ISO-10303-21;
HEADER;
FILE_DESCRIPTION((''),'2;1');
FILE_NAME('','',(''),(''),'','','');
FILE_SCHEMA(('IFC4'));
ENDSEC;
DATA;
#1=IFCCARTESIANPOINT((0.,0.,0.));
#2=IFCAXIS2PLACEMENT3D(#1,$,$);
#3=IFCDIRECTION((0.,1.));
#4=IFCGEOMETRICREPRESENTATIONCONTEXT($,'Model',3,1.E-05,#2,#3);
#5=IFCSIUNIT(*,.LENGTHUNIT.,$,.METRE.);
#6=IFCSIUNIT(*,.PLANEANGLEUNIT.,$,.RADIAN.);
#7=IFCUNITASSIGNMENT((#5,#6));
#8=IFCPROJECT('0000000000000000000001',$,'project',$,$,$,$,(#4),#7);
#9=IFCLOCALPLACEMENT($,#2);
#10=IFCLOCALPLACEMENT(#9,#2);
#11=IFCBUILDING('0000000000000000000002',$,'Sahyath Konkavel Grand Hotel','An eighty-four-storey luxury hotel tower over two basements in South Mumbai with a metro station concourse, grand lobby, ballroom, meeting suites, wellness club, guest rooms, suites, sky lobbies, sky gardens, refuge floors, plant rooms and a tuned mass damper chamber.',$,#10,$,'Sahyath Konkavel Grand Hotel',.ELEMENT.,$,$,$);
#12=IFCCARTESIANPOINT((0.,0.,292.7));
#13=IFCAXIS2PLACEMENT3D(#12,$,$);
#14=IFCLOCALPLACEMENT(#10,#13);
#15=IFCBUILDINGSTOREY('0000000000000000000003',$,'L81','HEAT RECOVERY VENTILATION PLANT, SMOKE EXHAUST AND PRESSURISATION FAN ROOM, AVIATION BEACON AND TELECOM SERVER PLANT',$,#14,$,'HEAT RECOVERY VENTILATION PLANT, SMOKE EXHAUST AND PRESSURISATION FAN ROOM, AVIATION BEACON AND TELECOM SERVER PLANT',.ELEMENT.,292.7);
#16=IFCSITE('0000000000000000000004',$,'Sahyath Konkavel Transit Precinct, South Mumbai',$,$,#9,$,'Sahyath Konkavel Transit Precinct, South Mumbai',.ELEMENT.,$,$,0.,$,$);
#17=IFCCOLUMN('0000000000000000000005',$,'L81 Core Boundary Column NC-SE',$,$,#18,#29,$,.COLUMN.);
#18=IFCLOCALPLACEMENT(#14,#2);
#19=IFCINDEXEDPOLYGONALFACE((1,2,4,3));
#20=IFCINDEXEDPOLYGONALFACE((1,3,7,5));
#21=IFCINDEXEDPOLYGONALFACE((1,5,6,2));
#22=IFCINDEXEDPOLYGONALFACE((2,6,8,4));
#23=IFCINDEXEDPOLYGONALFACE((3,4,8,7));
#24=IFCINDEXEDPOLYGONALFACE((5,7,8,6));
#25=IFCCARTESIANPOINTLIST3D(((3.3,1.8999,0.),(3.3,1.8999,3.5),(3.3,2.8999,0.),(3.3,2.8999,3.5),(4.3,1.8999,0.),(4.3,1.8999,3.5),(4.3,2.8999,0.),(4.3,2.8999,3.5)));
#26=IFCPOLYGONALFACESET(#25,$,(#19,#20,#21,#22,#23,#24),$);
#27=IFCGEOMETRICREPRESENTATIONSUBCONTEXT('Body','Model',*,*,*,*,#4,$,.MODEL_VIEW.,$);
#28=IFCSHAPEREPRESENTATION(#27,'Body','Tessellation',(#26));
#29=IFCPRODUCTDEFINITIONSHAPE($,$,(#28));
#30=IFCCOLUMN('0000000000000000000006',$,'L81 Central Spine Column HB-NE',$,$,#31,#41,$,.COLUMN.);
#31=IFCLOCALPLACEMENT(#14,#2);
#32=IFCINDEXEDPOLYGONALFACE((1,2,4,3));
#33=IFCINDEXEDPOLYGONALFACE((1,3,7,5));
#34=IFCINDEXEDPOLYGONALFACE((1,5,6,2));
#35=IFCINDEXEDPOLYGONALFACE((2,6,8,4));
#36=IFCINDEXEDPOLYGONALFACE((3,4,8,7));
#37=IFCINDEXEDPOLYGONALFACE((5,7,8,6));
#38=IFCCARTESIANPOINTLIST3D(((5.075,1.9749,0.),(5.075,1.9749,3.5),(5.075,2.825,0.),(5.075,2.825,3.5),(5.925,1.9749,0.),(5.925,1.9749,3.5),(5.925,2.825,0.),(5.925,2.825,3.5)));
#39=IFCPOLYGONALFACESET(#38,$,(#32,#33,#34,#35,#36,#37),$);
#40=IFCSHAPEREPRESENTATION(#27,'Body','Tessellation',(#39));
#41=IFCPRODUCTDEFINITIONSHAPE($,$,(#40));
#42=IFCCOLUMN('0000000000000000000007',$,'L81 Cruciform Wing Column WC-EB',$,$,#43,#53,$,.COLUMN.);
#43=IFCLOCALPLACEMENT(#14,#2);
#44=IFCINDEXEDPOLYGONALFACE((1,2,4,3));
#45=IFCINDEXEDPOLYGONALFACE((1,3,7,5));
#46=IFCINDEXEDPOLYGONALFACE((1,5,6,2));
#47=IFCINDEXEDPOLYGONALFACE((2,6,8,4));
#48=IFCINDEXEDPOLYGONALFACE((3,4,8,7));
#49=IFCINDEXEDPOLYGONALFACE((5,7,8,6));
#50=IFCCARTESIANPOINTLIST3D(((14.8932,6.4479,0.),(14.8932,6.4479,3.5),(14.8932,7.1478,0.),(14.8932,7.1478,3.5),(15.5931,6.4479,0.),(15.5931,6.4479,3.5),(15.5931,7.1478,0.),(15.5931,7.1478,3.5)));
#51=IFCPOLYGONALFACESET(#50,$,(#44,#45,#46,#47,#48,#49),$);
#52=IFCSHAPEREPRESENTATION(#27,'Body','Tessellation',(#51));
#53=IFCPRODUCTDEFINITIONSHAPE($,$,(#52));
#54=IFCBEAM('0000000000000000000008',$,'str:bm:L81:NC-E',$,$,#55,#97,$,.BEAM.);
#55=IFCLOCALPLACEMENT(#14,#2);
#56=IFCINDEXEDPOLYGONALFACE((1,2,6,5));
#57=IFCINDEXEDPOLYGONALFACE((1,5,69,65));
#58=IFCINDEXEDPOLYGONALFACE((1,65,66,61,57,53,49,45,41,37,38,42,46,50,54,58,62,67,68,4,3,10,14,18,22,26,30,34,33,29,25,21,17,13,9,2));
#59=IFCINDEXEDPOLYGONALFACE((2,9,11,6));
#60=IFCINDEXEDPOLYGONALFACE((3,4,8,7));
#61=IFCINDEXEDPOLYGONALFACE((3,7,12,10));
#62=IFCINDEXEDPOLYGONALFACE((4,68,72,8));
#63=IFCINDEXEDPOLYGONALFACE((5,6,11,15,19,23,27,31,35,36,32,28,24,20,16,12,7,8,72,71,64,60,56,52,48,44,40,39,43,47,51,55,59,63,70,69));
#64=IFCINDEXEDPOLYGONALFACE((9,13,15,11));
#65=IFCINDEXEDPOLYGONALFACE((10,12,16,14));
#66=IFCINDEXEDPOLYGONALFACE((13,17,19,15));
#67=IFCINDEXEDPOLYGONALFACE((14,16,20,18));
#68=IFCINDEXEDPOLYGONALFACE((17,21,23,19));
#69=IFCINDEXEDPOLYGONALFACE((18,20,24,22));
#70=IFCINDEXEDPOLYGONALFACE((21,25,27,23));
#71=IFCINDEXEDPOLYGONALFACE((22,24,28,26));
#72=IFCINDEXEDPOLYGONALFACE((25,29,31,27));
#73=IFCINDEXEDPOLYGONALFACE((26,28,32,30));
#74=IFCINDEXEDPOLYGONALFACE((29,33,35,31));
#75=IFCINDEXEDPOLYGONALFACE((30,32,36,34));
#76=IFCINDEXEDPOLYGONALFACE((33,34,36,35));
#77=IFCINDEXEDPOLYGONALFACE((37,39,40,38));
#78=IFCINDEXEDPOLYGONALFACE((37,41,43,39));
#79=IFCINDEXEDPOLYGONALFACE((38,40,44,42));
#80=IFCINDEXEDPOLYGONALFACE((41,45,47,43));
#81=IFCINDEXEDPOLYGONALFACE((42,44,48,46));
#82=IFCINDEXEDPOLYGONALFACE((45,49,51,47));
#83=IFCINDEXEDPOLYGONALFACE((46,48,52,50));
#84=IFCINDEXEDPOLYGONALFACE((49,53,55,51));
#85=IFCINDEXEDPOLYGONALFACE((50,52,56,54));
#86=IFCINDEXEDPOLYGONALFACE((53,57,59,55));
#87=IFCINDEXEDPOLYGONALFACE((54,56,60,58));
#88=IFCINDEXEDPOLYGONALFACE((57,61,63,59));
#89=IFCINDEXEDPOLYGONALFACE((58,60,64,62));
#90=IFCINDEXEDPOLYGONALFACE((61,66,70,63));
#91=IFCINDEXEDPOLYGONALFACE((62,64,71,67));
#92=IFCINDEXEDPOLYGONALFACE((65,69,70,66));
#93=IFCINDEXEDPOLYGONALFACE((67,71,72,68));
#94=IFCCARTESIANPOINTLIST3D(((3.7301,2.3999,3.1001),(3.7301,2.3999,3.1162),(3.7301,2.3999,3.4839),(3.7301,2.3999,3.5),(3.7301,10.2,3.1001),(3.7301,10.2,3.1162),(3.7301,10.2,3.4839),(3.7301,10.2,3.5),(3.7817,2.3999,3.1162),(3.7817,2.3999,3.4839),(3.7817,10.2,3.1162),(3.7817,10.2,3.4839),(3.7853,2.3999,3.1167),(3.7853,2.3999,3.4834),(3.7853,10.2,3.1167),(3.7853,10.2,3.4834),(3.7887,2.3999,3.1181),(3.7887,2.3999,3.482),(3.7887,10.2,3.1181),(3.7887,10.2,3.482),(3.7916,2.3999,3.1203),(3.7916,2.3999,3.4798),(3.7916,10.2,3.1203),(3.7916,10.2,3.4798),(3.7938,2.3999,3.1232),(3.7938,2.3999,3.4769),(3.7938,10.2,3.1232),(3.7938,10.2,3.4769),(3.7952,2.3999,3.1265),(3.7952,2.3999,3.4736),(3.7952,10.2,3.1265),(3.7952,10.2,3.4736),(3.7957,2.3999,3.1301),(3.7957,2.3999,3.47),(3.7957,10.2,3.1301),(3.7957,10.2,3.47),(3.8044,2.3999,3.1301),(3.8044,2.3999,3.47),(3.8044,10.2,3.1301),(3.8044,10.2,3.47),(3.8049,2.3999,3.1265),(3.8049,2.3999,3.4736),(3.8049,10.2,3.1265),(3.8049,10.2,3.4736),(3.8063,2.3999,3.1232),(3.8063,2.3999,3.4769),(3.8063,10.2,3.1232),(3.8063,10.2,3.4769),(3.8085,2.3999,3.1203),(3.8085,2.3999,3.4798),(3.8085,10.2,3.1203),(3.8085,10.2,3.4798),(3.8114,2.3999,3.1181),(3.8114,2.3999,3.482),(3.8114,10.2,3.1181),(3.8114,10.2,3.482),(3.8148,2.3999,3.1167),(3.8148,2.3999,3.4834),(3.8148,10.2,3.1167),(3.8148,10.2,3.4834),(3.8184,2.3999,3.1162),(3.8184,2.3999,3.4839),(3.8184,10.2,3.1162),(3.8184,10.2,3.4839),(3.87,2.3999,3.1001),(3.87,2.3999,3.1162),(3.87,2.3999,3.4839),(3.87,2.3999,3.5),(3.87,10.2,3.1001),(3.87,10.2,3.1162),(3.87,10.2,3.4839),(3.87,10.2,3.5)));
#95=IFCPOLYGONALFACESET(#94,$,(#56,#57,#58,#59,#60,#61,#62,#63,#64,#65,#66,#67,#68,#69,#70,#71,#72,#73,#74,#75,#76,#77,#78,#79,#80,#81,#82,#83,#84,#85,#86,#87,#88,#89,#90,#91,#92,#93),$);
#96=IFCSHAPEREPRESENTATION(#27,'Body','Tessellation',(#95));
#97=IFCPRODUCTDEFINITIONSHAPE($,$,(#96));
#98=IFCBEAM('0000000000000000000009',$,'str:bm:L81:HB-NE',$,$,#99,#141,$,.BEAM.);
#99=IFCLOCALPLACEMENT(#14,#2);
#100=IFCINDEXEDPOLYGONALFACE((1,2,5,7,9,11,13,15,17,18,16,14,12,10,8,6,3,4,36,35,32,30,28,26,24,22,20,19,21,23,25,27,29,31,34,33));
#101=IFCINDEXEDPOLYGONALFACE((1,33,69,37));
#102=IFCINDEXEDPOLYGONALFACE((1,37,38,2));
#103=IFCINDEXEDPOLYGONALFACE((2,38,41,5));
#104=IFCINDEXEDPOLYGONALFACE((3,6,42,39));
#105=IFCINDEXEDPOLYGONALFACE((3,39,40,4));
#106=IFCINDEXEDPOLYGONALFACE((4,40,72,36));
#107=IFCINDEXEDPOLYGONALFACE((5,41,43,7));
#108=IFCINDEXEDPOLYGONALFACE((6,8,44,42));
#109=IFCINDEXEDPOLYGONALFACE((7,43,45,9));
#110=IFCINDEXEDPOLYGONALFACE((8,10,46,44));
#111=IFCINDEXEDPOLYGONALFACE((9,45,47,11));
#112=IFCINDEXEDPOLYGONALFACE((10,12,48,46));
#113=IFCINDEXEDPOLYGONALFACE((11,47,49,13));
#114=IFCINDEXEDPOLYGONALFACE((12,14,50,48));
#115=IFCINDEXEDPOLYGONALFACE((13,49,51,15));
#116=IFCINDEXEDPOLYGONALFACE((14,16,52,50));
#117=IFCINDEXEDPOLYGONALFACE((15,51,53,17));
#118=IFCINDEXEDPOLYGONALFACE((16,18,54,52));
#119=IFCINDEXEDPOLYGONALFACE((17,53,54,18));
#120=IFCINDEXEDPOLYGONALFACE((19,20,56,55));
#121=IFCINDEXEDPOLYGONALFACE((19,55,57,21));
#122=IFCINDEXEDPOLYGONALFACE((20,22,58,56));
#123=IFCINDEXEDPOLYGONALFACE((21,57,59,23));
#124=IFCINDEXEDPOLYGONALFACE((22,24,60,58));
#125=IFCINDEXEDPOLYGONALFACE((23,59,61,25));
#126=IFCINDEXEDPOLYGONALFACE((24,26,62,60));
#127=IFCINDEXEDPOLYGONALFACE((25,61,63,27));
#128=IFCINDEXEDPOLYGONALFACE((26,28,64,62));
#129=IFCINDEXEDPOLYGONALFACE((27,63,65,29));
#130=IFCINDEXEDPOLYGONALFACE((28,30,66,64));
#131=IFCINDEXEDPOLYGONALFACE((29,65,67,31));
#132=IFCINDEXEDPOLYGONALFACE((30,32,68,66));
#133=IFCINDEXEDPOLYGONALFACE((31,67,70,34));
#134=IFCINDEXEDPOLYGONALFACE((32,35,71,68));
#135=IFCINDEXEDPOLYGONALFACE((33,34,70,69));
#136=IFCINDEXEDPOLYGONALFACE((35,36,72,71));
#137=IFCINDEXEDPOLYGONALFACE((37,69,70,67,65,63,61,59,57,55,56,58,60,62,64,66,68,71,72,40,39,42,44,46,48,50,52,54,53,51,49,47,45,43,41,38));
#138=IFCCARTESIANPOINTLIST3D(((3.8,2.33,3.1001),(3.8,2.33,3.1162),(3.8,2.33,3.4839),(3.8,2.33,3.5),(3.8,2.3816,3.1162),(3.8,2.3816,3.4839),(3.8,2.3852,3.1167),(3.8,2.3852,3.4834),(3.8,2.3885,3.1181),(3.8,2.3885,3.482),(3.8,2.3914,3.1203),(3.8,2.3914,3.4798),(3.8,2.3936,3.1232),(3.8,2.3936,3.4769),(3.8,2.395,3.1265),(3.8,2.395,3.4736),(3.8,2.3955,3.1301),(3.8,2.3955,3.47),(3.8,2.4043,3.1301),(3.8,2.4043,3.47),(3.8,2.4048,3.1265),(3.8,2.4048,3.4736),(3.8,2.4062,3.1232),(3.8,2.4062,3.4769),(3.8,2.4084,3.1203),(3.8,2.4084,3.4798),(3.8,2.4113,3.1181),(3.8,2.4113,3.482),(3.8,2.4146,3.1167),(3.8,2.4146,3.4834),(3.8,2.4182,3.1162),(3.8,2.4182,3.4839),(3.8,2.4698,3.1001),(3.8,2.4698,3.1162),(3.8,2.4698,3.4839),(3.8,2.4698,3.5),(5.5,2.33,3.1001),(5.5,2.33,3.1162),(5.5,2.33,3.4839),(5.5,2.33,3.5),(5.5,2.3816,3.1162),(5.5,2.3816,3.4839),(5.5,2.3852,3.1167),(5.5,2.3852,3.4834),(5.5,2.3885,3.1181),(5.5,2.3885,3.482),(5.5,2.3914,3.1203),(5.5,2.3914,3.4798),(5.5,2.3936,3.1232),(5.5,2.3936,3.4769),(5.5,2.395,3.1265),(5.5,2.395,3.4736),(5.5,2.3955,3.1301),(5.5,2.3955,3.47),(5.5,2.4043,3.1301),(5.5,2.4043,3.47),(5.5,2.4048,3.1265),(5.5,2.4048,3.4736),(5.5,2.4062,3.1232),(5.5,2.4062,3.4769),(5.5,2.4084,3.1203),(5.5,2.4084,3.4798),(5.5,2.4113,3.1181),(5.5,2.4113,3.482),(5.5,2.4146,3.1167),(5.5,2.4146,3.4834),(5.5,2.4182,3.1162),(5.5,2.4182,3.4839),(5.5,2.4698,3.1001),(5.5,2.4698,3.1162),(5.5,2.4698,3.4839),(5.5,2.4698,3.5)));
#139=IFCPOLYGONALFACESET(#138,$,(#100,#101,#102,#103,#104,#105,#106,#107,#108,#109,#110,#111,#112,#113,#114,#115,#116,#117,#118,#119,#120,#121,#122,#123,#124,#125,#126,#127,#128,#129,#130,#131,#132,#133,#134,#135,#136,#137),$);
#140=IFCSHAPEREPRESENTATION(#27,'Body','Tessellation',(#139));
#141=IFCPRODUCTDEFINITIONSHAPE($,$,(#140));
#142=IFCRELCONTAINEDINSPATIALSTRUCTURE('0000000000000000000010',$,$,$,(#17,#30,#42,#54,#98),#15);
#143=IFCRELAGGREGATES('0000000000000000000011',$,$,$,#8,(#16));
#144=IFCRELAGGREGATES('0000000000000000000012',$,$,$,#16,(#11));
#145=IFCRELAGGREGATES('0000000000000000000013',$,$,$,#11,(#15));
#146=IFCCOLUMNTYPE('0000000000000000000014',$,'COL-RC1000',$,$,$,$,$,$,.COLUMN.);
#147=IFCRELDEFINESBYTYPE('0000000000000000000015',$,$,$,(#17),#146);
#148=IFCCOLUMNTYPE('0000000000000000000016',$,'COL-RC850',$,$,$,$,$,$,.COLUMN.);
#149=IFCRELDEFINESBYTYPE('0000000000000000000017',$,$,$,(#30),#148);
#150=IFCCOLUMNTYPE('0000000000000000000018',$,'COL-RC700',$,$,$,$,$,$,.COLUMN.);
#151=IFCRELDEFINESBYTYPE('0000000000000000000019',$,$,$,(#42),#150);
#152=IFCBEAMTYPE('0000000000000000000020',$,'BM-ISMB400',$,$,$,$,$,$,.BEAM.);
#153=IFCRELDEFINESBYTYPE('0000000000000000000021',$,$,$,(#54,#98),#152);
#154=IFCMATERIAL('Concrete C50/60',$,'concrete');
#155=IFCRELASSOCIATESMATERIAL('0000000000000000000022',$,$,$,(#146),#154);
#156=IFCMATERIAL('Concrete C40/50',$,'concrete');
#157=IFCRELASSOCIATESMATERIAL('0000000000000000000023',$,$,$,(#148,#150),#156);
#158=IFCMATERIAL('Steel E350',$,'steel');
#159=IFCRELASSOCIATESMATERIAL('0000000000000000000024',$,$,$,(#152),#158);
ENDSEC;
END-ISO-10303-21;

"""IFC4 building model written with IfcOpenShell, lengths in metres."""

from ifc_helpers import new_model, si_unit, direction, frame, origin, origin_2d, place, context, subcontext, project, spatial, rectangle, i_section, extrude, source, transform, mapped, material, material_profile, profile_set, type_object, element, save


model = new_model("IFC4")

# Units and contexts
model_context = context("Model", 3, precision=1e-05, world=origin(), true_north=direction((0.0, 1.0)))
body_context = subcontext(model_context, "Body", "Model", "MODEL_VIEW")
ifc_project = project(units=[si_unit("LENGTHUNIT", "METRE"), si_unit("PLANEANGLEUNIT", "RADIAN")], contexts=[model_context])

# Site, building, storey
site_placement = place(None, origin())
site = spatial("IfcSite", under=ifc_project, at=site_placement, Name="Sahyath Konkavel Transit Precinct, South Mumbai", LongName="Sahyath Konkavel Transit Precinct, South Mumbai", CompositionType="ELEMENT", RefElevation=0.0)
building_placement = place(site_placement, origin())
building = spatial("IfcBuilding", under=site, at=building_placement, Name="Sahyath Konkavel Grand Hotel", Description="An eighty-four-storey luxury hotel tower over two basements in South Mumbai with a metro station concourse, grand lobby, ballroom, meeting suites, wellness club, guest rooms, suites, sky lobbies, sky gardens, refuge floors, plant rooms and a tuned mass damper chamber.", LongName="Sahyath Konkavel Grand Hotel", CompositionType="ELEMENT")
storey_placement = place(building_placement, frame((0.0, 0.0, 292.7)))
storey = spatial("IfcBuildingStorey", under=building, at=storey_placement, Name="L81", Description="HEAT RECOVERY VENTILATION PLANT, SMOKE EXHAUST AND PRESSURISATION FAN ROOM, AVIATION BEACON AND TELECOM SERVER PLANT", LongName="HEAT RECOVERY VENTILATION PLANT, SMOKE EXHAUST AND PRESSURISATION FAN ROOM, AVIATION BEACON AND TELECOM SERVER PLANT", CompositionType="ELEMENT", Elevation=292.7)

# Columns
ifc_material_1 = material(Name="Concrete C50/60", Category="concrete")
ifc_material_profile_1 = material_profile(ifc_material_1, rectangle(XDim=1.0, YDim=1.0, at=origin_2d()), Name="RC 1000x1000")
ifc_profile_set_1 = profile_set([ifc_material_profile_1], Name="Concrete C50/60")
column_type_1 = type_object("IfcColumnType", Name="COL-RC1000", PredefinedType="COLUMN", material=ifc_profile_set_1)
shared_shape_1 = source(origin(), body_context, "Body", "SweptSolid", [
    extrude(rectangle(XDim=1.0, YDim=1.0, at=origin_2d()), origin(), (0.0, 0.0, 1.0), 3.5),
])
column_1_placement = place(storey_placement, frame((3.8, 2.3999, 0.0), z_axis=(0.0, 0.0, 1.0), x_axis=(1.0, 0.0, 0.0)))
element("IfcColumn", 1, at=column_1_placement, inside=storey, type_object=column_type_1, Name="L81 Core Boundary Column NC-SE", PredefinedType="COLUMN", context=body_context, shape_type="MappedRepresentation", body=[
    mapped(shared_shape_1, transform((0.0, 0.0, 0.0), scale=1.0)),
])
ifc_material_2 = material(Name="Concrete C40/50", Category="concrete")
ifc_material_profile_2 = material_profile(ifc_material_2, rectangle(XDim=0.8501, YDim=0.8501, at=origin_2d()), Name="RC 850x850")
ifc_profile_set_2 = profile_set([ifc_material_profile_2], Name="Concrete C40/50")
column_type_2 = type_object("IfcColumnType", Name="COL-RC850", PredefinedType="COLUMN", material=ifc_profile_set_2)
shared_shape_2 = source(origin(), body_context, "Body", "SweptSolid", [
    extrude(rectangle(XDim=0.8501, YDim=0.8501, at=origin_2d()), origin(), (0.0, 0.0, 1.0), 3.5),
])
column_2_placement = place(storey_placement, frame((5.5, 2.3999, 0.0), z_axis=(0.0, 0.0, 1.0), x_axis=(1.0, 0.0, 0.0)))
element("IfcColumn", 2, at=column_2_placement, inside=storey, type_object=column_type_2, Name="L81 Central Spine Column HB-NE", PredefinedType="COLUMN", context=body_context, shape_type="MappedRepresentation", body=[
    mapped(shared_shape_2, transform((0.0, 0.0, 0.0), scale=1.0)),
])
ifc_material_profile_3 = material_profile(ifc_material_2, rectangle(XDim=0.7, YDim=0.7, at=origin_2d()), Name="RC 700x700")
ifc_profile_set_3 = profile_set([ifc_material_profile_3], Name="Concrete C40/50")
column_type_3 = type_object("IfcColumnType", Name="COL-RC700", PredefinedType="COLUMN", material=ifc_profile_set_3)
shared_shape_3 = source(origin(), body_context, "Body", "SweptSolid", [
    extrude(rectangle(XDim=0.7, YDim=0.7, at=origin_2d()), origin(), (0.0, 0.0, 1.0), 3.5),
])
column_3_placement = place(storey_placement, frame((15.2432, 6.7979, 0.0), z_axis=(0.0, 0.0, 1.0), x_axis=(1.0, 0.0, 0.0)))
element("IfcColumn", 3, at=column_3_placement, inside=storey, type_object=column_type_3, Name="L81 Cruciform Wing Column WC-EB", PredefinedType="COLUMN", context=body_context, shape_type="MappedRepresentation", body=[
    mapped(shared_shape_3, transform((0.0, 0.0, 0.0), scale=1.0)),
])

# Beams
ifc_material_3 = material(Name="Steel E350", Category="steel")
ifc_material_profile_4 = material_profile(ifc_material_3, i_section(OverallWidth=0.1399, OverallDepth=0.3999, WebThickness=0.0088, FlangeThickness=0.0161, FilletRadius=0.0139, at=origin_2d()), Name="ISMB 400")
ifc_profile_set_4 = profile_set([ifc_material_profile_4], Name="Steel E350")
beam_type_1 = type_object("IfcBeamType", Name="BM-ISMB400", PredefinedType="BEAM", material=ifc_profile_set_4)
shared_shape_4 = source(origin(), body_context, "Body", "SweptSolid", [
    extrude(i_section(OverallWidth=0.1399, OverallDepth=0.3999, WebThickness=0.0088, FlangeThickness=0.0161, FilletRadius=0.0139, at=origin_2d()), origin(), (0.0, 0.0, 1.0), 7.8),
])
beam_1_placement = place(storey_placement, frame((3.8, 2.3999, 3.3), z_axis=(0.0, 1.0, 0.0), x_axis=(-1.0, 0.0, 0.0)))
element("IfcBeam", 4, at=beam_1_placement, inside=storey, type_object=beam_type_1, Name="str:bm:L81:NC-E", PredefinedType="BEAM", context=body_context, shape_type="MappedRepresentation", body=[
    mapped(shared_shape_4, transform((0.0, 0.0, 0.0), scale=1.0)),
])
shared_shape_5 = source(origin(), body_context, "Body", "SweptSolid", [
    extrude(i_section(OverallWidth=0.1399, OverallDepth=0.3999, WebThickness=0.0088, FlangeThickness=0.0161, FilletRadius=0.0139, at=origin_2d()), origin(), (0.0, 0.0, 1.0), 1.7),
])
beam_2_placement = place(storey_placement, frame((3.8, 2.3999, 3.3), z_axis=(1.0, 0.0, 0.0), x_axis=(0.0, 1.0, 0.0)))
element("IfcBeam", 5, at=beam_2_placement, inside=storey, type_object=beam_type_1, Name="str:bm:L81:HB-NE", PredefinedType="BEAM", context=body_context, shape_type="MappedRepresentation", body=[
    mapped(shared_shape_5, transform((0.0, 0.0, 0.0), scale=1.0)),
])

save(model, "model.ifc")
